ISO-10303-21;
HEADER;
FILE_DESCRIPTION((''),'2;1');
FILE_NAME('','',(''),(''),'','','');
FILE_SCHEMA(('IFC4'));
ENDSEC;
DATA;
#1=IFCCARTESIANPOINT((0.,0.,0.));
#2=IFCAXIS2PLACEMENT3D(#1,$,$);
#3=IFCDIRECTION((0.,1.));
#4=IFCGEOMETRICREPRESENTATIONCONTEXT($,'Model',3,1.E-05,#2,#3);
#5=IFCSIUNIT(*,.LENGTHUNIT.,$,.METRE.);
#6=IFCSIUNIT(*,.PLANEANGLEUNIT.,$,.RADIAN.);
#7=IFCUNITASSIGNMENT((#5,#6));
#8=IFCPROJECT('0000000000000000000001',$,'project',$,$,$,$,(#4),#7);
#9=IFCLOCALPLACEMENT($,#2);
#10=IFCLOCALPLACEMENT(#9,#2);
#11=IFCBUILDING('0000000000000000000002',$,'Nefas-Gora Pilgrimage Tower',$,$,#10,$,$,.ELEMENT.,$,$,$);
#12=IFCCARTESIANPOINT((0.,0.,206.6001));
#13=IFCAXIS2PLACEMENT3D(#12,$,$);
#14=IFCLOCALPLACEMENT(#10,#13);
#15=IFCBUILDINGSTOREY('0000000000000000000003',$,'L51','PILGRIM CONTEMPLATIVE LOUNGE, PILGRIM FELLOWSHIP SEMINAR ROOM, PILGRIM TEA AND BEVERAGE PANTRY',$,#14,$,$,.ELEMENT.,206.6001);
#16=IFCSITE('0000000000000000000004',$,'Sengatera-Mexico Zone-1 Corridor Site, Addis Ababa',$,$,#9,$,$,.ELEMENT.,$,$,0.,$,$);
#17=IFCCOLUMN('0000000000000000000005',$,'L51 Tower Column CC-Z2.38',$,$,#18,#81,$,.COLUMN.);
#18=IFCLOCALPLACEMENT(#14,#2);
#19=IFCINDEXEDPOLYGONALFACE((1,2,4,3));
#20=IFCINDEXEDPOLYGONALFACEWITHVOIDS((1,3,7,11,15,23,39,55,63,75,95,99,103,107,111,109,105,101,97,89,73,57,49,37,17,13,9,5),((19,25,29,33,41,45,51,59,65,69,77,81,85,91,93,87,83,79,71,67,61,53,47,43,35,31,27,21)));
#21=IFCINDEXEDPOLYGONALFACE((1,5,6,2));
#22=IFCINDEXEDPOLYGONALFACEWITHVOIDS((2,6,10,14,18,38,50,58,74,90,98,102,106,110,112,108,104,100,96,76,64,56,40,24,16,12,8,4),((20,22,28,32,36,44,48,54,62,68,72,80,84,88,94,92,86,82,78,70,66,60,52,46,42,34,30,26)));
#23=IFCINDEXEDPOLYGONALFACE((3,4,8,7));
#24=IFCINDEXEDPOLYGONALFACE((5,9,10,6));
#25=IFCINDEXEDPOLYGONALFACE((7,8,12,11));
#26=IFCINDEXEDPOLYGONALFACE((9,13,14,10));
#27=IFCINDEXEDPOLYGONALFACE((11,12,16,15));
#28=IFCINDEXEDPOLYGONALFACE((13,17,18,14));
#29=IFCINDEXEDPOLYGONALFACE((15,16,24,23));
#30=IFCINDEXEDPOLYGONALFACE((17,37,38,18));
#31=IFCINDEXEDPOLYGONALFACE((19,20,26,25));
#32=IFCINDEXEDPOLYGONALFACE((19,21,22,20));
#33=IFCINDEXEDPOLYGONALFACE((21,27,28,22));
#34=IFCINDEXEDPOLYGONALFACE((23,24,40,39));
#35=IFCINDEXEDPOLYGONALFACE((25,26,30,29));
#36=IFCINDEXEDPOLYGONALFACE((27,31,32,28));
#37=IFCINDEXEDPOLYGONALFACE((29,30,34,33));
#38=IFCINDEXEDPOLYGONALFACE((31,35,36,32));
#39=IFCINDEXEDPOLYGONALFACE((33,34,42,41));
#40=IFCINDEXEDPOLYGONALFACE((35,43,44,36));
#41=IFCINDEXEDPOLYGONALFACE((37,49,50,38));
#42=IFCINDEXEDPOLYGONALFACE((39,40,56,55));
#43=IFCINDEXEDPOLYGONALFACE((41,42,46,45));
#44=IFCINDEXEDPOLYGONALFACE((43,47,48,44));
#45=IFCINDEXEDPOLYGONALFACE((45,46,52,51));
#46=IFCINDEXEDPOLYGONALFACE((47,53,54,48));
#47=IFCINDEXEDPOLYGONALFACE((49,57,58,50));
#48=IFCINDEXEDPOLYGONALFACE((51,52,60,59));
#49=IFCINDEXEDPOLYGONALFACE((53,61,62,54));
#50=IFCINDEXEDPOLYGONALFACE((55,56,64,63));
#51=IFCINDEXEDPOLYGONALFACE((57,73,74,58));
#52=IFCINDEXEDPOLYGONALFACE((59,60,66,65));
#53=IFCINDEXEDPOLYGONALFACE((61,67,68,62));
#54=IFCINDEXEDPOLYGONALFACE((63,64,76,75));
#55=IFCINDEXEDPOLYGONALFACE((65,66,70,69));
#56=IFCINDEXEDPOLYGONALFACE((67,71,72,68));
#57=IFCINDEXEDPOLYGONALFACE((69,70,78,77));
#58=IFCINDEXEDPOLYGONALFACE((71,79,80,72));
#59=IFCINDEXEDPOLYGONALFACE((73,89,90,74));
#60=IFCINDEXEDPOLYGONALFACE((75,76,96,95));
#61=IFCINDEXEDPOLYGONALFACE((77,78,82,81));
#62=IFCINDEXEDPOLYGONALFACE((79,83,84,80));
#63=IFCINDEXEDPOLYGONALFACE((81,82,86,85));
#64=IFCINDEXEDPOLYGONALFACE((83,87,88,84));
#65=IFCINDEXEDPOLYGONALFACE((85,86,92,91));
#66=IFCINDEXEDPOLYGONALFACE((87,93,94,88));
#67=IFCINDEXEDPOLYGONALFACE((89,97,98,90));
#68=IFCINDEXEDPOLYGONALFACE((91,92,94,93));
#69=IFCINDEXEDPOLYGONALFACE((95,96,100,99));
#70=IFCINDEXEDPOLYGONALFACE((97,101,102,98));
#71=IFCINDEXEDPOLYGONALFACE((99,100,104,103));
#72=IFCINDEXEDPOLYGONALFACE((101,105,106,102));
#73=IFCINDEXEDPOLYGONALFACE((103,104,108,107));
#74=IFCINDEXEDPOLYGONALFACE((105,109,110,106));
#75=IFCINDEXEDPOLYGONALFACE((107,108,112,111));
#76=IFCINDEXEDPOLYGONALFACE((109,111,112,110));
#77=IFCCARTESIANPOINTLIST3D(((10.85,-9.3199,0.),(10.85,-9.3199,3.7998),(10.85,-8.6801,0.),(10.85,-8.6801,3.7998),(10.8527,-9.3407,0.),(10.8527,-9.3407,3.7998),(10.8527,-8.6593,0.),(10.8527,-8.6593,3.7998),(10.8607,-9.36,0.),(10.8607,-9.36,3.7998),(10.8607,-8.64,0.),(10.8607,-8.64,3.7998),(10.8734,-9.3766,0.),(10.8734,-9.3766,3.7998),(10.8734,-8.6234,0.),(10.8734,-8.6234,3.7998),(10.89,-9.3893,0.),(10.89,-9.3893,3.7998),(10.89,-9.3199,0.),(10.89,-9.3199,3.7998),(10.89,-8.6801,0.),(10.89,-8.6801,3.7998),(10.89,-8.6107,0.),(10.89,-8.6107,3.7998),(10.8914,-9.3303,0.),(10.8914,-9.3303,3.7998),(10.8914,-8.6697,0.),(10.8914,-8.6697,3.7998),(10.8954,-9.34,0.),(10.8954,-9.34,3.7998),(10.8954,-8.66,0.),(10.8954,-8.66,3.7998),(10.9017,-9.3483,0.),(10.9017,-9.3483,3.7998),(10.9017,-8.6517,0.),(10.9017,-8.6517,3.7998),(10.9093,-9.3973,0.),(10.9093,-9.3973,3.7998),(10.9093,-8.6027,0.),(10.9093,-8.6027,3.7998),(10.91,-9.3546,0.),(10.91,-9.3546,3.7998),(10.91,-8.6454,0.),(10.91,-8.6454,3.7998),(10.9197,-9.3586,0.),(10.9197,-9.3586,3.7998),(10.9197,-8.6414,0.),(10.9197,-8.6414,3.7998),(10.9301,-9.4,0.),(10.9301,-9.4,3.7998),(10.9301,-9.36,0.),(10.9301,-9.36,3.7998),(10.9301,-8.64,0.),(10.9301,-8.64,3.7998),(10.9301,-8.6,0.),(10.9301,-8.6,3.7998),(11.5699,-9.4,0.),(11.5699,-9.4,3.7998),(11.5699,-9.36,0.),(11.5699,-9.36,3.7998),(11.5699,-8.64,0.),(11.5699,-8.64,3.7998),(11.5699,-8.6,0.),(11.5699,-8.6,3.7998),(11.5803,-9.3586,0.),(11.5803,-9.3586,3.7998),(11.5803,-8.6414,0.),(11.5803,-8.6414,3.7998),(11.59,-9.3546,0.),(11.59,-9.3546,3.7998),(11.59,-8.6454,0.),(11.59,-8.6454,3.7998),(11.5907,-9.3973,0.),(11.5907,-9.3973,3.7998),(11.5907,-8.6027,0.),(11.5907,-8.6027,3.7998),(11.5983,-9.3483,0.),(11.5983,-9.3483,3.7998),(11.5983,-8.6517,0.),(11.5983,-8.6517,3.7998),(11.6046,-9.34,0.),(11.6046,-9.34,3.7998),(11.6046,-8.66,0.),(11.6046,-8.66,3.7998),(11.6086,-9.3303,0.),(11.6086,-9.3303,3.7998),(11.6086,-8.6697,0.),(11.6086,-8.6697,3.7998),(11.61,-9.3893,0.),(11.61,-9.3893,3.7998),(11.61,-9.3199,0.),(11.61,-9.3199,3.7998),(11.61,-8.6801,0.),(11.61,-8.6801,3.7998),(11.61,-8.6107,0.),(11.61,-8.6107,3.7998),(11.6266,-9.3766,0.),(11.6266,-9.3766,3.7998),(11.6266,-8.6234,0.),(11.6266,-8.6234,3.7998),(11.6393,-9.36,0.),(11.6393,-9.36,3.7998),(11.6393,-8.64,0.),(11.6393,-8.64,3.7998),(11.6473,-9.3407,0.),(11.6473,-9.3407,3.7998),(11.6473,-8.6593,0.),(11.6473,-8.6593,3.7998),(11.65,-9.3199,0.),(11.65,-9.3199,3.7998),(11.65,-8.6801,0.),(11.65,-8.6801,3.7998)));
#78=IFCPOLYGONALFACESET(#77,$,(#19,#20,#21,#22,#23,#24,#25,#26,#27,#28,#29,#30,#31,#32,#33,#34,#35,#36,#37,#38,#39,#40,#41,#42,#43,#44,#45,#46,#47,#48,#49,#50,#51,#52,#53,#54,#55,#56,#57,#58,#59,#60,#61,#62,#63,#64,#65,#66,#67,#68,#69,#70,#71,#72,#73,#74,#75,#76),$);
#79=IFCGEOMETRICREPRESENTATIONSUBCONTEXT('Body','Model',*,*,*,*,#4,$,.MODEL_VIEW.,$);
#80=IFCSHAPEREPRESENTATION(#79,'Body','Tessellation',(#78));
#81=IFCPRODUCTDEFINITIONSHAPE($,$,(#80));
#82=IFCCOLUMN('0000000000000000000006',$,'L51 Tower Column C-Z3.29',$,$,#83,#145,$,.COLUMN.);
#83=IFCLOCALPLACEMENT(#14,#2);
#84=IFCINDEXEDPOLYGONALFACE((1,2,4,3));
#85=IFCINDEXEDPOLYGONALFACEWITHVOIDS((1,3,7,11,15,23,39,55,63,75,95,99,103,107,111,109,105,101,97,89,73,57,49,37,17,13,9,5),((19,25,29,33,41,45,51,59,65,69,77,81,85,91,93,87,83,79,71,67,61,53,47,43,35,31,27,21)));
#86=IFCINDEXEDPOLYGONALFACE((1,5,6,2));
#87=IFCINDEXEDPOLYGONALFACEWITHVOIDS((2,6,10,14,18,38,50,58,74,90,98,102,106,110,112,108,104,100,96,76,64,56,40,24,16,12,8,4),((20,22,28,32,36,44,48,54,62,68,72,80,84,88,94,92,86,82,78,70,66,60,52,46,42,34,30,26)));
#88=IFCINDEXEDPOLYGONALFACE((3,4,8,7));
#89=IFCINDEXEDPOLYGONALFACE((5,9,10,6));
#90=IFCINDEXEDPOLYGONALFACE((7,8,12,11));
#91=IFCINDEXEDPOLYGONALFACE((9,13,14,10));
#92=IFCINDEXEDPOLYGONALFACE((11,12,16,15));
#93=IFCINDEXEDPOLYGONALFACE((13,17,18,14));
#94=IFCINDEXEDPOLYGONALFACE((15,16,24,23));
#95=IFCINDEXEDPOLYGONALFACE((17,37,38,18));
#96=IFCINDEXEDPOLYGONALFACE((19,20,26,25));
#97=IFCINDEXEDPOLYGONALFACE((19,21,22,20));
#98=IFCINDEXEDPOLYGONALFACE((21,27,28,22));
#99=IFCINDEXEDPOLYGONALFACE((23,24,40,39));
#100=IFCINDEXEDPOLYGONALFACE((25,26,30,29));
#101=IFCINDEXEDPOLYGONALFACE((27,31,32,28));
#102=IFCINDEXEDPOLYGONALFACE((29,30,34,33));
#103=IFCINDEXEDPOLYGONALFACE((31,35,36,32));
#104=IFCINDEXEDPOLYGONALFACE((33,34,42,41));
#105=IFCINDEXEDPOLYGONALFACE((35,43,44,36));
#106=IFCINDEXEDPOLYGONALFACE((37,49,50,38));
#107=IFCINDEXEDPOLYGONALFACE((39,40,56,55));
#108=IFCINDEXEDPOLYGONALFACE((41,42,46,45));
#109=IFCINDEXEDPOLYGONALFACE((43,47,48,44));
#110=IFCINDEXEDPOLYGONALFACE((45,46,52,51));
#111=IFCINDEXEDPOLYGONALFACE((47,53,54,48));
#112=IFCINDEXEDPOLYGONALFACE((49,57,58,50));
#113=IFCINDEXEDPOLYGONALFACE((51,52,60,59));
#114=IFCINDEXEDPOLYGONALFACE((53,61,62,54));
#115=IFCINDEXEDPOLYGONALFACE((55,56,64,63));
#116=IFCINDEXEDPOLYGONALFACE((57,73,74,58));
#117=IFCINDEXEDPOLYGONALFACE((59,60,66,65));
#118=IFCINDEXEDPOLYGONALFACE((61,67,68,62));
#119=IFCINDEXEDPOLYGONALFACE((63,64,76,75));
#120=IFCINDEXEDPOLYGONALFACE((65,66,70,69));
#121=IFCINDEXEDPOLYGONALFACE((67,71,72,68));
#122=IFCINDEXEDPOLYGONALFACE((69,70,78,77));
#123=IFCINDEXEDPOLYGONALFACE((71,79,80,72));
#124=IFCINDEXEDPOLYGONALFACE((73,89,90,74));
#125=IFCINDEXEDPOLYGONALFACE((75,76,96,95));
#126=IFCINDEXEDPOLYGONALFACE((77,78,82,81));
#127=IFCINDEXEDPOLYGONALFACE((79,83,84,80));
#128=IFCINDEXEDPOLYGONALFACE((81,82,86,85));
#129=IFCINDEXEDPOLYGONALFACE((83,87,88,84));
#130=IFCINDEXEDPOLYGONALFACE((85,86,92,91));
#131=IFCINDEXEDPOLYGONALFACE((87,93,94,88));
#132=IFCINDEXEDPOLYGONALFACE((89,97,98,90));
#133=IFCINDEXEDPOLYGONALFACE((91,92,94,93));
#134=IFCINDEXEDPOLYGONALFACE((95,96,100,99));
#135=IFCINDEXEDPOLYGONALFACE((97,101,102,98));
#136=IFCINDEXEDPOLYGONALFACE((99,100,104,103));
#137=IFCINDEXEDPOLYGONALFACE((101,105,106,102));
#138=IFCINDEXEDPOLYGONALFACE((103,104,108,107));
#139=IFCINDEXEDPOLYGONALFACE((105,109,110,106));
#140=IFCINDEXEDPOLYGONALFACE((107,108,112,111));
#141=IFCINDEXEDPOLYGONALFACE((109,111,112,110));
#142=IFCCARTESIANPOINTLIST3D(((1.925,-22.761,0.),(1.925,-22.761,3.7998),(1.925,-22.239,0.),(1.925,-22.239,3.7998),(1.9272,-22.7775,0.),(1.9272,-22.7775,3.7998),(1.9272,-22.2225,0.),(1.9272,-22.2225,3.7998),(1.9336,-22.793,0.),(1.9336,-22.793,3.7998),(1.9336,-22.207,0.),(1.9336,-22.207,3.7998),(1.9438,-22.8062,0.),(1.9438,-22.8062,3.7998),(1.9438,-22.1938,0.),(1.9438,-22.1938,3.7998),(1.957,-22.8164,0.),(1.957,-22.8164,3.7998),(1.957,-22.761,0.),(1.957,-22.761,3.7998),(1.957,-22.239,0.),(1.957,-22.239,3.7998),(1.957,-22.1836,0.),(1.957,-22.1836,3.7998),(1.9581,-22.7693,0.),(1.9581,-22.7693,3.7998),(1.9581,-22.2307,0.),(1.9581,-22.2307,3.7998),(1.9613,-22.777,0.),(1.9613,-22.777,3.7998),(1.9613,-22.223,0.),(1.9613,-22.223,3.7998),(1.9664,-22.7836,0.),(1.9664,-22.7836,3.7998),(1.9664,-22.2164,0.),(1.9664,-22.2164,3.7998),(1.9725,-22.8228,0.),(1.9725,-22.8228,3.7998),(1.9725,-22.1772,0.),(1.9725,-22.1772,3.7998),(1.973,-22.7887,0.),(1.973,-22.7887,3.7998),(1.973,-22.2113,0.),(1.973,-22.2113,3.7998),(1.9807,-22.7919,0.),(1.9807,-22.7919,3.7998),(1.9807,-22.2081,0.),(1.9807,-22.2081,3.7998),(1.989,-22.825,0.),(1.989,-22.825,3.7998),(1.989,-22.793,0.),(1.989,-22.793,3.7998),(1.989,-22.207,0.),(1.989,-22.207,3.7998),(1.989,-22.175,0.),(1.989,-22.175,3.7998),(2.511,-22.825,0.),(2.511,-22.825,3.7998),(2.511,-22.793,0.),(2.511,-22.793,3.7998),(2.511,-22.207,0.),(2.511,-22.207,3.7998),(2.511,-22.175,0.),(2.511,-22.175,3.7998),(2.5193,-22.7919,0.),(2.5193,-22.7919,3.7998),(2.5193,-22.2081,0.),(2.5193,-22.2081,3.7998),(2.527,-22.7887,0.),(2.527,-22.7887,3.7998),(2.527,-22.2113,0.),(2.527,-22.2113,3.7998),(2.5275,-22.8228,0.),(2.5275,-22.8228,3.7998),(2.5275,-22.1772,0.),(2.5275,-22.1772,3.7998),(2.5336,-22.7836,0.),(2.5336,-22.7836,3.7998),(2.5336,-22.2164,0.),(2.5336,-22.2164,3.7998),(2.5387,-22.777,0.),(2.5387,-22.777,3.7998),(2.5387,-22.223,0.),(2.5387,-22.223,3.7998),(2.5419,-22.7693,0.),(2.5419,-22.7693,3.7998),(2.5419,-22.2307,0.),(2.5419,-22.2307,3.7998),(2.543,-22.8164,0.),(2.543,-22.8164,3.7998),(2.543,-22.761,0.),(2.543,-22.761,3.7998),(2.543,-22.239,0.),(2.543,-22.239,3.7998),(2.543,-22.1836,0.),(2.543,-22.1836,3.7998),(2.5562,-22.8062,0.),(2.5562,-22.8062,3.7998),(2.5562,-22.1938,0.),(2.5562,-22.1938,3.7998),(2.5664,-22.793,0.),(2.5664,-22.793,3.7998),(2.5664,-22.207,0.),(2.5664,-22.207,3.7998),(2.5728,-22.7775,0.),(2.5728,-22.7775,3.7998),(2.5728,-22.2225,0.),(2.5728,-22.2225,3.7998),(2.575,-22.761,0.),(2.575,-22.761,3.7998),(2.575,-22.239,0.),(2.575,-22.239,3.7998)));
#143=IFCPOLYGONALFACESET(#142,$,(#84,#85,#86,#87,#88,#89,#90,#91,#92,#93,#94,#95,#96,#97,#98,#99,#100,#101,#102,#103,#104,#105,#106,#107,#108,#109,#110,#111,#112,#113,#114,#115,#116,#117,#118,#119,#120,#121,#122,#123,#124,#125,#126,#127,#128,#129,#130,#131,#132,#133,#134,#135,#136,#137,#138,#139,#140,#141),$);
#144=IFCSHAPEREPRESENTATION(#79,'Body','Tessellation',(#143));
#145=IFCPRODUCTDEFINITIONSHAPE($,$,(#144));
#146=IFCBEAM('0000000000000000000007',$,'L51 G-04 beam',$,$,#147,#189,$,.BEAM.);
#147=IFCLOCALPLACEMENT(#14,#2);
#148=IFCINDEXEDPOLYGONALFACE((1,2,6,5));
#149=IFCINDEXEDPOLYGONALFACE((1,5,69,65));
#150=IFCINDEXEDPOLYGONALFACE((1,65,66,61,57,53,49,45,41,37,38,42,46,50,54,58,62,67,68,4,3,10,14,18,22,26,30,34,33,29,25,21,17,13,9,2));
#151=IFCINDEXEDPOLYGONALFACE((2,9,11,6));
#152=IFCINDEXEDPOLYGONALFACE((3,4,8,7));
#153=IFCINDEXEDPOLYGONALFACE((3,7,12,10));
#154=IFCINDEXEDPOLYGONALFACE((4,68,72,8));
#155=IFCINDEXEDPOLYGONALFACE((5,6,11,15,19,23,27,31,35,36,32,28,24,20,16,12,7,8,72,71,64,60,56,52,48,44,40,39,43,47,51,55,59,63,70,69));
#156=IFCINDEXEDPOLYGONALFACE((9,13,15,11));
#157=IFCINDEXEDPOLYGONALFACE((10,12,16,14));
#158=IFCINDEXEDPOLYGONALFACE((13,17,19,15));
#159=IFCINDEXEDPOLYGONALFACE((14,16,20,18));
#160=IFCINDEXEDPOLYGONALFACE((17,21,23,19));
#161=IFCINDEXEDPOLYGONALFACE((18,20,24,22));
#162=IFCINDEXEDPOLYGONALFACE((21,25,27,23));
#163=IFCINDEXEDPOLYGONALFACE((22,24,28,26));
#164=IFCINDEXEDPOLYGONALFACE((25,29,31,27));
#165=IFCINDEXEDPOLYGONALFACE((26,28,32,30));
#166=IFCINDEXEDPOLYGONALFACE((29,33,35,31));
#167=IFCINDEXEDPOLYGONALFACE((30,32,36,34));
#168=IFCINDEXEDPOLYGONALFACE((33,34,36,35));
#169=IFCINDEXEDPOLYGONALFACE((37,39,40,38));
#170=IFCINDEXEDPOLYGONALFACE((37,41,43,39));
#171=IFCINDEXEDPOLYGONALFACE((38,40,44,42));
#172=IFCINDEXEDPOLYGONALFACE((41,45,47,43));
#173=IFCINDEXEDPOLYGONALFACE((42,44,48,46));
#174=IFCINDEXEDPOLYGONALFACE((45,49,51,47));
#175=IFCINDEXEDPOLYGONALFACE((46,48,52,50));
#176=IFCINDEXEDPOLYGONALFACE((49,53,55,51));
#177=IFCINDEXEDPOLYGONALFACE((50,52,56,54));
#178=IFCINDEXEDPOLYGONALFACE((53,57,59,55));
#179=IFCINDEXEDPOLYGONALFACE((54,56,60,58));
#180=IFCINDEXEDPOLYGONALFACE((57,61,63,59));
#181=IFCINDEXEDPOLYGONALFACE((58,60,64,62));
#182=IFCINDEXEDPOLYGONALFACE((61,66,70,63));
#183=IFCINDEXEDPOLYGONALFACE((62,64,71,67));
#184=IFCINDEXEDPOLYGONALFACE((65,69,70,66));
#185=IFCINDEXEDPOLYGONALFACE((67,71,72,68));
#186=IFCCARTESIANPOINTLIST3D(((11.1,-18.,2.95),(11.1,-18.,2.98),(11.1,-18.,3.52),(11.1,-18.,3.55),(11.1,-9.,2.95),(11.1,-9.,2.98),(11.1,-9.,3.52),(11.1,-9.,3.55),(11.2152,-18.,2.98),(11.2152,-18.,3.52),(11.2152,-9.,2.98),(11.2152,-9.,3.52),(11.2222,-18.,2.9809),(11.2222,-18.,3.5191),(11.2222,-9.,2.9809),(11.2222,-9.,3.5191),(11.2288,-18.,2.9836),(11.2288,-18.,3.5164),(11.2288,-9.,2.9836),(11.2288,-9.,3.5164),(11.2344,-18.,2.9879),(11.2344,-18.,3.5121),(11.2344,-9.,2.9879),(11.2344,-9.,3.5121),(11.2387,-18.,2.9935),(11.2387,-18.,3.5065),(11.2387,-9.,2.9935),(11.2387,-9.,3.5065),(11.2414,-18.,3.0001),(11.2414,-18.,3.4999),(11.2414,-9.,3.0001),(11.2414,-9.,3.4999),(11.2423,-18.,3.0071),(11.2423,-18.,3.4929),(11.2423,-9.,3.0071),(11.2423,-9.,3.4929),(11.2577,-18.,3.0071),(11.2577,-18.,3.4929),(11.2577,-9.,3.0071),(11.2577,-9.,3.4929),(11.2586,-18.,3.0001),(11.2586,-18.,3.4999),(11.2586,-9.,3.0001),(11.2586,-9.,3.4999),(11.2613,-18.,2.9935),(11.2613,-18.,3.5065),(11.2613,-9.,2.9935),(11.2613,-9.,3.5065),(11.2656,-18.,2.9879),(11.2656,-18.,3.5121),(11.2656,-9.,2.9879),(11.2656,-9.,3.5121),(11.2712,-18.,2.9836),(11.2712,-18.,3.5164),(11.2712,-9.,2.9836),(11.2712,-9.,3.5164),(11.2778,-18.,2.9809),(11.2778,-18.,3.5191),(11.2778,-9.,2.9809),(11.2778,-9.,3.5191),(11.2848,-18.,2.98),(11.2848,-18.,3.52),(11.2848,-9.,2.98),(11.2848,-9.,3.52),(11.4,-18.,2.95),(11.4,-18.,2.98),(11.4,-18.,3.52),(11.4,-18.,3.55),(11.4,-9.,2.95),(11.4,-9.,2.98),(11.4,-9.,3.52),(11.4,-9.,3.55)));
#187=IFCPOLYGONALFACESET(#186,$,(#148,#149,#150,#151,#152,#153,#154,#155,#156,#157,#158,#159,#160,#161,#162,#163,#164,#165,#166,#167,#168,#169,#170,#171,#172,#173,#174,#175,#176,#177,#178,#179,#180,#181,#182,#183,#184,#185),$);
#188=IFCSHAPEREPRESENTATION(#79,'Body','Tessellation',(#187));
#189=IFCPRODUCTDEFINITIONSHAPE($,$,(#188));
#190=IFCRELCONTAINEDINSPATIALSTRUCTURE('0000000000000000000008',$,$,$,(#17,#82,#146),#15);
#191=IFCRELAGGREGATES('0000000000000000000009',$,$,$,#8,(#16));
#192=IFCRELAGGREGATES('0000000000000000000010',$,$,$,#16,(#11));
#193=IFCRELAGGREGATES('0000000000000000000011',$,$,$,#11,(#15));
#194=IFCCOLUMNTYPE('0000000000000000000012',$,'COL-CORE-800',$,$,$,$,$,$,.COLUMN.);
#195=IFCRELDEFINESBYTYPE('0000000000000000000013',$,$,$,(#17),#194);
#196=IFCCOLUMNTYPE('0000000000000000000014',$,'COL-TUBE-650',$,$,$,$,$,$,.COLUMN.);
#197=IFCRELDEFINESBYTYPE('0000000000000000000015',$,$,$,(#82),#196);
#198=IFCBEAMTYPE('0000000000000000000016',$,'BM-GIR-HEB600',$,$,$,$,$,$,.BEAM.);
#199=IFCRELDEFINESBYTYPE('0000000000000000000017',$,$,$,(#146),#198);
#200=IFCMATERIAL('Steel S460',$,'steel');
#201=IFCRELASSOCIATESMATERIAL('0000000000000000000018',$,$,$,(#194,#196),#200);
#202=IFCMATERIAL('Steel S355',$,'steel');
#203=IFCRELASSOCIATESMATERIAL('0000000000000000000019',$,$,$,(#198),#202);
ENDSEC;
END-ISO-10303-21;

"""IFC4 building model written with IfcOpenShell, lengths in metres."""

from ifc_helpers import new_model, si_unit, direction, frame, origin, origin_2d, place, context, subcontext, project, spatial, hollow_rectangle, i_section, extrude, source, transform, mapped, material, material_profile, profile_set, type_object, element, save


model = new_model("IFC4")

# Units and contexts
model_context = context("Model", 3, precision=1e-05, world=origin(), true_north=direction((0.0, 1.0)))
body_context = subcontext(model_context, "Body", "Model", "MODEL_VIEW")
ifc_project = project(units=[si_unit("LENGTHUNIT", "METRE"), si_unit("PLANEANGLEUNIT", "RADIAN")], contexts=[model_context])

# Site, building, storey
site_placement = place(None, origin())
site = spatial("IfcSite", under=ifc_project, at=site_placement, Name="Sengatera-Mexico Zone-1 Corridor Site, Addis Ababa", CompositionType="ELEMENT", RefElevation=0.0)
building_placement = place(site_placement, origin())
building = spatial("IfcBuilding", under=site, at=building_placement, Name="Nefas-Gora Pilgrimage Tower", CompositionType="ELEMENT")
storey_placement = place(building_placement, frame((0.0, 0.0, 206.6001)))
storey = spatial("IfcBuildingStorey", under=building, at=storey_placement, Name="L51", Description="PILGRIM CONTEMPLATIVE LOUNGE, PILGRIM FELLOWSHIP SEMINAR ROOM, PILGRIM TEA AND BEVERAGE PANTRY", CompositionType="ELEMENT", Elevation=206.6001)

# Columns
ifc_material_1 = material(Name="Steel S460", Category="steel")
ifc_material_profile_1 = material_profile(ifc_material_1, hollow_rectangle(XDim=0.8, YDim=0.8, WallThickness=0.04, InnerFilletRadius=0.04, OuterFilletRadius=0.0801, at=origin_2d()), Name="BOX 800x800x40")
ifc_profile_set_1 = profile_set([ifc_material_profile_1], Name="Steel S460")
column_type_1 = type_object("IfcColumnType", Name="COL-CORE-800", PredefinedType="COLUMN", material=ifc_profile_set_1)
shared_shape_1 = source(origin(), body_context, "Body", "SweptSolid", [
    extrude(hollow_rectangle(XDim=0.8, YDim=0.8, WallThickness=0.04, InnerFilletRadius=0.04, OuterFilletRadius=0.0801, at=origin_2d()), origin(), (0.0, 0.0, 1.0), 3.7998),
])
column_1_placement = place(storey_placement, frame((11.25, -9.0, 0.0), z_axis=(0.0, 0.0, 1.0), x_axis=(1.0, 0.0, 0.0)))
element("IfcColumn", 1, at=column_1_placement, inside=storey, type_object=column_type_1, Name="L51 Tower Column CC-Z2.38", PredefinedType="COLUMN", context=body_context, shape_type="MappedRepresentation", body=[
    mapped(shared_shape_1, transform((0.0, 0.0, 0.0), x_axis=(1.0, 0.0, 0.0), y_axis=(0.0, 1.0, 0.0), z_axis=(0.0, 0.0, 1.0), scale=1.0)),
])
ifc_material_profile_2 = material_profile(ifc_material_1, hollow_rectangle(XDim=0.6499, YDim=0.6499, WallThickness=0.032, InnerFilletRadius=0.032, OuterFilletRadius=0.064, at=origin_2d()), Name="BOX 650x650x32")
ifc_profile_set_2 = profile_set([ifc_material_profile_2], Name="Steel S460")
column_type_2 = type_object("IfcColumnType", Name="COL-TUBE-650", PredefinedType="COLUMN", material=ifc_profile_set_2)
shared_shape_2 = source(origin(), body_context, "Body", "SweptSolid", [
    extrude(hollow_rectangle(XDim=0.6499, YDim=0.6499, WallThickness=0.032, InnerFilletRadius=0.032, OuterFilletRadius=0.064, at=origin_2d()), origin(), (0.0, 0.0, 1.0), 3.7998),
])
column_2_placement = place(storey_placement, frame((2.25, -22.5, 0.0), z_axis=(0.0, 0.0, 1.0), x_axis=(1.0, 0.0, 0.0)))
element("IfcColumn", 2, at=column_2_placement, inside=storey, type_object=column_type_2, Name="L51 Tower Column C-Z3.29", PredefinedType="COLUMN", context=body_context, shape_type="MappedRepresentation", body=[
    mapped(shared_shape_2, transform((0.0, 0.0, 0.0), x_axis=(1.0, 0.0, 0.0), y_axis=(0.0, 1.0, 0.0), z_axis=(0.0, 0.0, 1.0), scale=1.0)),
])

# Beam
ifc_material_2 = material(Name="Steel S355", Category="steel")
ifc_material_profile_3 = material_profile(ifc_material_2, i_section(OverallWidth=0.3, OverallDepth=0.6001, WebThickness=0.0154, FlangeThickness=0.03, FilletRadius=0.0271, at=origin_2d()), Name="HEB 600")
ifc_profile_set_3 = profile_set([ifc_material_profile_3], Name="Steel S355")
beam_type = type_object("IfcBeamType", Name="BM-GIR-HEB600", PredefinedType="BEAM", material=ifc_profile_set_3)
shared_shape_3 = source(origin(), body_context, "Body", "SweptSolid", [
    extrude(i_section(OverallWidth=0.3, OverallDepth=0.6001, WebThickness=0.0154, FlangeThickness=0.03, FilletRadius=0.0271, at=origin_2d()), origin(), (0.0, 0.0, 1.0), 9.0),
])
beam_placement = place(storey_placement, frame((11.25, -18.0, 3.25), z_axis=(0.0, 1.0, 0.0), x_axis=(-1.0, 0.0, 0.0)))
element("IfcBeam", 3, at=beam_placement, inside=storey, type_object=beam_type, Name="L51 G-04 beam", PredefinedType="BEAM", context=body_context, shape_type="MappedRepresentation", body=[
    mapped(shared_shape_3, transform((0.0, 0.0, 0.0), x_axis=(1.0, 0.0, 0.0), y_axis=(0.0, 1.0, 0.0), z_axis=(0.0, 0.0, 1.0), scale=1.0)),
])

save(model, "model.ifc")
